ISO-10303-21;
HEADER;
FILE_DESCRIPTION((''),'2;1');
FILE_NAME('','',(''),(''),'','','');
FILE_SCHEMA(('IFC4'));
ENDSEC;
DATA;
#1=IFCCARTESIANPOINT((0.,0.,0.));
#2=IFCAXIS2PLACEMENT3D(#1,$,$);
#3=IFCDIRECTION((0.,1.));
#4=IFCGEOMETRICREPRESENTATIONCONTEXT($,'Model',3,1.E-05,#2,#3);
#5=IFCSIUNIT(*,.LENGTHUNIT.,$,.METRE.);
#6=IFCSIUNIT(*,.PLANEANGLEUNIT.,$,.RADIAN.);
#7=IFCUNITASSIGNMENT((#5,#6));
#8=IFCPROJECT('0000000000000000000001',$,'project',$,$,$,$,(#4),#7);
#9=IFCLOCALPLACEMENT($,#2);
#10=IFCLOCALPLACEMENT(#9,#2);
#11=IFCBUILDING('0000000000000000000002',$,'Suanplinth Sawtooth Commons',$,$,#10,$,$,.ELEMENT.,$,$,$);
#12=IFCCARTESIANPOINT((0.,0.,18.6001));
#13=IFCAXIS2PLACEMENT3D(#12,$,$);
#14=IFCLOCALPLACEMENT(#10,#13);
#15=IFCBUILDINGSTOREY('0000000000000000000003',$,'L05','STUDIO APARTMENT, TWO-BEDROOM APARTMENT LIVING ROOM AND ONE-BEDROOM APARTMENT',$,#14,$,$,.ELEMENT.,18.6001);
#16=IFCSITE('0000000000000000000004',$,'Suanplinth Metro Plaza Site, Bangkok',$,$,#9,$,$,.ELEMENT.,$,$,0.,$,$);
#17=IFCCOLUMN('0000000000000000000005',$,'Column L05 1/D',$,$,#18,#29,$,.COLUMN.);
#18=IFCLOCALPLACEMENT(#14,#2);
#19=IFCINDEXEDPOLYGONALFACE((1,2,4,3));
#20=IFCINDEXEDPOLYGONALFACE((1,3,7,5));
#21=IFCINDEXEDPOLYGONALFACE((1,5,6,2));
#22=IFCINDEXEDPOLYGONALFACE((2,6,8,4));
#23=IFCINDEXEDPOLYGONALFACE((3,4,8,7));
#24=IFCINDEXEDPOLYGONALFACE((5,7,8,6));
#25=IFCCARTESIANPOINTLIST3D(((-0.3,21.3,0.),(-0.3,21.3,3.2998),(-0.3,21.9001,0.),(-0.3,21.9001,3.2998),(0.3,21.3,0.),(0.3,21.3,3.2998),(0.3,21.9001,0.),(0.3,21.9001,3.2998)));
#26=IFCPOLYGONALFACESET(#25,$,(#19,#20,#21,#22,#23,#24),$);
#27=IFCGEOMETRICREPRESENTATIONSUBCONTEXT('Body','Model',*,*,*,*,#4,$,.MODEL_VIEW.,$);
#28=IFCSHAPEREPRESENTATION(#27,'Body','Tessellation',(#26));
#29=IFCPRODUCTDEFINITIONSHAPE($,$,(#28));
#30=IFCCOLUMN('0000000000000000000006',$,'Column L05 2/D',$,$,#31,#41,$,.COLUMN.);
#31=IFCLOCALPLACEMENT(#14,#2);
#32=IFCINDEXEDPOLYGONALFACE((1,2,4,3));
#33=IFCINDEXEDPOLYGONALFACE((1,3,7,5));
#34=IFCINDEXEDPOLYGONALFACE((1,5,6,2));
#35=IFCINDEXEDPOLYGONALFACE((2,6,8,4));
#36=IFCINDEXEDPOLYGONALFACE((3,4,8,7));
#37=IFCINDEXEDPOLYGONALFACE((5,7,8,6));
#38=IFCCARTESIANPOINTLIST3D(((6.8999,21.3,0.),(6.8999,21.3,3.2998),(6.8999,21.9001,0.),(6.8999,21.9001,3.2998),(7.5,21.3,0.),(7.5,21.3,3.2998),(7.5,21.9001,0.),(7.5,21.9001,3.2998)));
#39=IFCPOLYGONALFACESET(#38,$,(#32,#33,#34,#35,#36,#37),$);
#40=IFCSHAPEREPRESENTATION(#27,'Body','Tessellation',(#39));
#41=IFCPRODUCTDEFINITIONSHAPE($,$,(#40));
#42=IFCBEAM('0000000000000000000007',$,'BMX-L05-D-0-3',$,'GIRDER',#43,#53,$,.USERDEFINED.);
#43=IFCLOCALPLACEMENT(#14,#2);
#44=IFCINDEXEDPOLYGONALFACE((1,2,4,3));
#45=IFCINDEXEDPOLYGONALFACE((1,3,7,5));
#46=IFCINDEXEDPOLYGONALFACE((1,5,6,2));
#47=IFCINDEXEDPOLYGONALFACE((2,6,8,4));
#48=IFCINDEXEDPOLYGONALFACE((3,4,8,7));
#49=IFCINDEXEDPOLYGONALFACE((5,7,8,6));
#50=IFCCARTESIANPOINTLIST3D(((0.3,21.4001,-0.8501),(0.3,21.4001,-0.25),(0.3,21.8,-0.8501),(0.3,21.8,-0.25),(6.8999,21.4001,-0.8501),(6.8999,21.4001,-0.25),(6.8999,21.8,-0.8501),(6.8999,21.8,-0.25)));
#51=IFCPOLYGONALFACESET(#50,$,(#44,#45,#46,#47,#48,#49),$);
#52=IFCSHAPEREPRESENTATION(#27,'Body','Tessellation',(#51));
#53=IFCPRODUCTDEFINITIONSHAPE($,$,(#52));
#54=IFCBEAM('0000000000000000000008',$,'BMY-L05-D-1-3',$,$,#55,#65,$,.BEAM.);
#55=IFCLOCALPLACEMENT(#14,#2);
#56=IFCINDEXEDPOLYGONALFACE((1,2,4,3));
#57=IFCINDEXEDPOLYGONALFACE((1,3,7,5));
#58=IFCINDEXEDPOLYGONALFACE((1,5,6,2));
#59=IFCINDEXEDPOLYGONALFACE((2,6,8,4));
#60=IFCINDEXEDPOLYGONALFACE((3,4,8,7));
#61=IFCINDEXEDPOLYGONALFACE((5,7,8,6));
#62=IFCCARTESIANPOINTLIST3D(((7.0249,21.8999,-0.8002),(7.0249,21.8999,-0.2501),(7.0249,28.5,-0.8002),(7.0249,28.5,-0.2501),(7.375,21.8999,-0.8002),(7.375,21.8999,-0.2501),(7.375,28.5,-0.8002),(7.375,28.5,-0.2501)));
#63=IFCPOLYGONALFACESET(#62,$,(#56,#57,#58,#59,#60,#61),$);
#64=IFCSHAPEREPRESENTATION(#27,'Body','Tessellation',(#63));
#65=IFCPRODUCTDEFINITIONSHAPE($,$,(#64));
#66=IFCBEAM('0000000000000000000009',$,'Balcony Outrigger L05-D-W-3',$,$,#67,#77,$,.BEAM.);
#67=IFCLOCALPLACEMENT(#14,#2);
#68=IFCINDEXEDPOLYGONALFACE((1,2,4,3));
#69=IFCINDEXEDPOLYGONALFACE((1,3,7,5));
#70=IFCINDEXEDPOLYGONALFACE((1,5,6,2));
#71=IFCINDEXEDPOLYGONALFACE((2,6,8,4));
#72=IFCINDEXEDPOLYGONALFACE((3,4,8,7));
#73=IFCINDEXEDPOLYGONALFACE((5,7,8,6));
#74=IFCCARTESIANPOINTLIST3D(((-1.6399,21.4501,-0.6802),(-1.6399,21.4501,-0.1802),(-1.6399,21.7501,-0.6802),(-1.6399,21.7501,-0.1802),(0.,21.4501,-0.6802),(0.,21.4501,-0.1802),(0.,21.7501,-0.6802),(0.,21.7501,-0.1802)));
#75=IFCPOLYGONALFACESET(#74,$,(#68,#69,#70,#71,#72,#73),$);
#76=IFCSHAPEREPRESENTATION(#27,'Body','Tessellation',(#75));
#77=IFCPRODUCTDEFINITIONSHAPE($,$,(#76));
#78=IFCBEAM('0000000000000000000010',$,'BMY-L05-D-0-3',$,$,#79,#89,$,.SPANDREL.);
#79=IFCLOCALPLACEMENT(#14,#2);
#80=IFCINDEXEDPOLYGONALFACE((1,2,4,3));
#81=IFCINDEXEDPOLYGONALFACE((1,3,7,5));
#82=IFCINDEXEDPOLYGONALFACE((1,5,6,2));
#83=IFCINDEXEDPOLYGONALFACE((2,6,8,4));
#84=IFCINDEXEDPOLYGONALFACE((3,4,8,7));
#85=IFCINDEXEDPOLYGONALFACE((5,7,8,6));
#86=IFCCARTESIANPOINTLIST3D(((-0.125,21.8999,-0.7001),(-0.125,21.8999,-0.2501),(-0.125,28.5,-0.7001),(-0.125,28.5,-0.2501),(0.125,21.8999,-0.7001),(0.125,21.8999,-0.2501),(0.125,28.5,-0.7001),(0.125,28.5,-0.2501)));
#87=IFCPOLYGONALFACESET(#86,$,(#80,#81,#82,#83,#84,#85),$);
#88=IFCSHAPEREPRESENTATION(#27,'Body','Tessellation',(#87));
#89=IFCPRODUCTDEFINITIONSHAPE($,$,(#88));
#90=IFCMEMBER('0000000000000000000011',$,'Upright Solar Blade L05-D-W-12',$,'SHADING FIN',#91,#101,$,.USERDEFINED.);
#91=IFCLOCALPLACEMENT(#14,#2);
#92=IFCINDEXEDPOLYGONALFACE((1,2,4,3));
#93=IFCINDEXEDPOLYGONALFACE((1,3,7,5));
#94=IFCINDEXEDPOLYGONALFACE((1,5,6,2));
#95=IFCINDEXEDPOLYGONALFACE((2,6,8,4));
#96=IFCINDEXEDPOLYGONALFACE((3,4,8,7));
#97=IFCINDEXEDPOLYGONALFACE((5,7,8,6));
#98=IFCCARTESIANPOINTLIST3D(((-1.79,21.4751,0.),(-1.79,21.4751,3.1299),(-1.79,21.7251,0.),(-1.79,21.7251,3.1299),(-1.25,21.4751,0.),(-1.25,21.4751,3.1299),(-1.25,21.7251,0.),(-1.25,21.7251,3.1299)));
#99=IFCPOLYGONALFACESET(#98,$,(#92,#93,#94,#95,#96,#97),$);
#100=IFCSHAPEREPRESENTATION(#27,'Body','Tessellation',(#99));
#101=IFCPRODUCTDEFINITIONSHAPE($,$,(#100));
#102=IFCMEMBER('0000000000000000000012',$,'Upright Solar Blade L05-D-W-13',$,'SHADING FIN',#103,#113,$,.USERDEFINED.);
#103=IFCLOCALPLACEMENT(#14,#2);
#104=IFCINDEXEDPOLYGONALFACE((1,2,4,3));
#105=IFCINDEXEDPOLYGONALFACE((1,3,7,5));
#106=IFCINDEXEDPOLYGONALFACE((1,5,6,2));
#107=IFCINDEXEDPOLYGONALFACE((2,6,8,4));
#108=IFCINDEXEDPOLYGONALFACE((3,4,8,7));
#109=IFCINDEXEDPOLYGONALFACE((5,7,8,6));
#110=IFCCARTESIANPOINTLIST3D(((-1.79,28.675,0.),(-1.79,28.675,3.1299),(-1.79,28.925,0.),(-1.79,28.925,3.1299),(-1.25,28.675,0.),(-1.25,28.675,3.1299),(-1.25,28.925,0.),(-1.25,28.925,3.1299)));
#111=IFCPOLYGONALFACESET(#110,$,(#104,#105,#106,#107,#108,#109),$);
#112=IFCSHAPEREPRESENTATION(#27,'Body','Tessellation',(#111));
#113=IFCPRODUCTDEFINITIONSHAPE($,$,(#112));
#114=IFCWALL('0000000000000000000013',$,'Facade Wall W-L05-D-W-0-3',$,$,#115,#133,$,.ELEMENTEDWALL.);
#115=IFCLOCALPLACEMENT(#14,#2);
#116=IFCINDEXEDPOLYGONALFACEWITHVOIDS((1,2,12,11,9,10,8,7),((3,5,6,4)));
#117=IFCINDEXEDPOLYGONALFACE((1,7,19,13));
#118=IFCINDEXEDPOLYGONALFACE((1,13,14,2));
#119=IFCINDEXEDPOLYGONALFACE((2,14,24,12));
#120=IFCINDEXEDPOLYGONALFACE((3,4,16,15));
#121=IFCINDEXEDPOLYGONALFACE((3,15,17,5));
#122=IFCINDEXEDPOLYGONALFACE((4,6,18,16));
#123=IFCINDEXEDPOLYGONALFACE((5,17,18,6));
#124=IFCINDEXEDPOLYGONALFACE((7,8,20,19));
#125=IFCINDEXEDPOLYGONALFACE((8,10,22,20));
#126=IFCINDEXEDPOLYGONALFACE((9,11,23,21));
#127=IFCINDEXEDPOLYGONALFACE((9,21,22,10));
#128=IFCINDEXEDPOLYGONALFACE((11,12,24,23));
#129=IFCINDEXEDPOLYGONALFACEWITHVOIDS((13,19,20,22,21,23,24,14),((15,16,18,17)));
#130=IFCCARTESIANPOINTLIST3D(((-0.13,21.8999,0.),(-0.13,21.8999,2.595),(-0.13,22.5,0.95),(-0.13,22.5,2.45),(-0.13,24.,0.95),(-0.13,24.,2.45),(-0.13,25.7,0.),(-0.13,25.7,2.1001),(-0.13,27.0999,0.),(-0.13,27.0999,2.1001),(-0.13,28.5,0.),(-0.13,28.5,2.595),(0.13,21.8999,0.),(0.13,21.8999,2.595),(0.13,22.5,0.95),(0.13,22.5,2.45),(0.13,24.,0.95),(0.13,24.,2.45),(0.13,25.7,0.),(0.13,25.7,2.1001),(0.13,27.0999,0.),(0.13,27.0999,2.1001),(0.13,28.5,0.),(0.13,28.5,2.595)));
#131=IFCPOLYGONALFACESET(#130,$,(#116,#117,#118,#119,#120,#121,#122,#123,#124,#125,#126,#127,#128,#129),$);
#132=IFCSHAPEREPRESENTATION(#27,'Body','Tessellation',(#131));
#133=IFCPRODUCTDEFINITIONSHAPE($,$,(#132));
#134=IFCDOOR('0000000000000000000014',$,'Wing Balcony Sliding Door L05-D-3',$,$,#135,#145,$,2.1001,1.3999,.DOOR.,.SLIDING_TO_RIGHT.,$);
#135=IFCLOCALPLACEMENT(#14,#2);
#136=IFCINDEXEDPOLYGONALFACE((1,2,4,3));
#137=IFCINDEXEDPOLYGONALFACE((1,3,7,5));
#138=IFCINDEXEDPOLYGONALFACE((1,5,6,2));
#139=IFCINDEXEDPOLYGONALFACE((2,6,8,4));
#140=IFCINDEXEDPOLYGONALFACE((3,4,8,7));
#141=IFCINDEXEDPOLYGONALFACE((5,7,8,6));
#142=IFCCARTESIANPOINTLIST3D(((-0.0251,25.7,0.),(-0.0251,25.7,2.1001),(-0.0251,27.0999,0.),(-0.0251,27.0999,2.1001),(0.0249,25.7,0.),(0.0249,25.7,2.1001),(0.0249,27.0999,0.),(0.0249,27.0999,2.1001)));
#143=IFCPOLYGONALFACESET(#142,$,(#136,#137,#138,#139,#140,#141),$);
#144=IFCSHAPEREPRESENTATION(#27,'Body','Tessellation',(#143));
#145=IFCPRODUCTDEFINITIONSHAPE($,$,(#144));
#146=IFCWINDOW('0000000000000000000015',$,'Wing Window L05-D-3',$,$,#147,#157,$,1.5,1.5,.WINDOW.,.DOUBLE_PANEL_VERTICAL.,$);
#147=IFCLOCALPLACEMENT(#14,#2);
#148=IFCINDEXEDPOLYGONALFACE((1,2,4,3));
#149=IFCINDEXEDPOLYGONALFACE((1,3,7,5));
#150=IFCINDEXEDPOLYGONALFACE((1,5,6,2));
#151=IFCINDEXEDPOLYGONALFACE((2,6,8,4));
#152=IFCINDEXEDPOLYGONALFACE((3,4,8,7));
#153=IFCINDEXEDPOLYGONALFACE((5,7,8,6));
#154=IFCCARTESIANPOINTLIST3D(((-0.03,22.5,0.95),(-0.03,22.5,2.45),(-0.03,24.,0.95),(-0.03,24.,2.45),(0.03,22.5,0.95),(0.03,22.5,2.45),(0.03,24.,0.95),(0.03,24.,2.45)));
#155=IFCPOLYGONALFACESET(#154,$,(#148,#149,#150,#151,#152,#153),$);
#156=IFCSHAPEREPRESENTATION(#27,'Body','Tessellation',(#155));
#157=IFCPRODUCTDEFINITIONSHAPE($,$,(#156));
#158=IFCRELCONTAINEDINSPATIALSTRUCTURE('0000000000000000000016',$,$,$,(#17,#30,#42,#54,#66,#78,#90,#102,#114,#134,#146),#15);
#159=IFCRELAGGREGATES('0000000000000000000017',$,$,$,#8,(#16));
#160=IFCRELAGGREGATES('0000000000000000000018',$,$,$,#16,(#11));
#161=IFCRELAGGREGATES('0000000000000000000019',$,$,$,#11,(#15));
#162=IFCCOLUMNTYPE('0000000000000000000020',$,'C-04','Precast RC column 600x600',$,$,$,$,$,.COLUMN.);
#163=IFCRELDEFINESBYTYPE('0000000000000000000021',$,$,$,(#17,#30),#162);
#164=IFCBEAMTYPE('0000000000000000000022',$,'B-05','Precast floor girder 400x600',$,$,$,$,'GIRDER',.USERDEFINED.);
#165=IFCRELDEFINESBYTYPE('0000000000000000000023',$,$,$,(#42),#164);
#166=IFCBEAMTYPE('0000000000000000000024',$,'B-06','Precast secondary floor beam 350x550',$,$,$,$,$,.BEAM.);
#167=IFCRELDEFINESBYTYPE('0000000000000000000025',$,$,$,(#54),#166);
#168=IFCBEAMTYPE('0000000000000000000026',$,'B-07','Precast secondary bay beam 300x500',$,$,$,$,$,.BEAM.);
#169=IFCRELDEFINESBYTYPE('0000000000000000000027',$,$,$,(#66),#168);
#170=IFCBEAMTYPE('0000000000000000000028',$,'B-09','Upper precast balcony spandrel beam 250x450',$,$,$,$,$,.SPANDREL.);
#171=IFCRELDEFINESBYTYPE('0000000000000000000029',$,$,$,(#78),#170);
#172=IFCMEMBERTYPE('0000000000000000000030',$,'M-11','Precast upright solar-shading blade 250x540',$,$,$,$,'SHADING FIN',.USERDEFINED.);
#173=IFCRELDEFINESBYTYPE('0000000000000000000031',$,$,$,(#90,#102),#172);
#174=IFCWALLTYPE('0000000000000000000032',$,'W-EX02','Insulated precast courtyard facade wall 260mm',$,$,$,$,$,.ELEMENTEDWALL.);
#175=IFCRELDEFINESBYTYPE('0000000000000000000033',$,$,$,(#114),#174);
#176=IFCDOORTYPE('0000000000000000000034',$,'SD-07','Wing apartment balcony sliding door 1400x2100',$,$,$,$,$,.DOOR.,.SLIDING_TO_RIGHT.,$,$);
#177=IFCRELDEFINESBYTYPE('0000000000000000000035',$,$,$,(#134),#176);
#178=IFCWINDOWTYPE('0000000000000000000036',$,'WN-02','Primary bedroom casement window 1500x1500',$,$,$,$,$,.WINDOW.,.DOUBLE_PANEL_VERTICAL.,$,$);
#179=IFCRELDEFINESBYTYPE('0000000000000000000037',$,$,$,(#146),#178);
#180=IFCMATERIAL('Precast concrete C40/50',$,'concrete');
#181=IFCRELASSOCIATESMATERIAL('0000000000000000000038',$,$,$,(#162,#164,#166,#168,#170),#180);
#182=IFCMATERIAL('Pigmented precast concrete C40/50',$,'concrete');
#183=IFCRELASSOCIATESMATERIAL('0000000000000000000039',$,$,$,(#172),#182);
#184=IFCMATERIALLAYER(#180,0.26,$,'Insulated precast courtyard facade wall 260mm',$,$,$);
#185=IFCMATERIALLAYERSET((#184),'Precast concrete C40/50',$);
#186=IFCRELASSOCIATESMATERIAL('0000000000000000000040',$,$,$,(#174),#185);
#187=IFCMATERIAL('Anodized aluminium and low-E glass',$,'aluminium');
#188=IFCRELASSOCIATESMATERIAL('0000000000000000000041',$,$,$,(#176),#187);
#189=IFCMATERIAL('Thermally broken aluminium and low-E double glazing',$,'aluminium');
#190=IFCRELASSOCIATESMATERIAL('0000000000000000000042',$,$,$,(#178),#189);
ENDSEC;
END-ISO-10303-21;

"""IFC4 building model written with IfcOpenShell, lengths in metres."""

from ifc_helpers import new_model, si_unit, direction, frame, frame_2d, origin, origin_2d, place, context, subcontext, project, spatial, rectangle, extrude, material, layer, layer_set, material_profile, profile_set, type_object, element, fill, save


model = new_model("IFC4")

# Units and contexts
model_context = context("Model", 3, precision=1e-05, world=origin(), true_north=direction((0.0, 1.0)))
body_context = subcontext(model_context, "Body", "Model", "MODEL_VIEW")
ifc_project = project(units=[si_unit("LENGTHUNIT", "METRE"), si_unit("PLANEANGLEUNIT", "RADIAN")], contexts=[model_context])

# Site, building, storey
site_placement = place(None, origin())
site = spatial("IfcSite", under=ifc_project, at=site_placement, Name="Suanplinth Metro Plaza Site, Bangkok", CompositionType="ELEMENT", RefElevation=0.0)
building_placement = place(site_placement, origin())
building = spatial("IfcBuilding", under=site, at=building_placement, Name="Suanplinth Sawtooth Commons", CompositionType="ELEMENT")
storey_placement = place(building_placement, frame((0.0, 0.0, 18.6001)))
storey = spatial("IfcBuildingStorey", under=building, at=storey_placement, Name="L05", Description="STUDIO APARTMENT, TWO-BEDROOM APARTMENT LIVING ROOM AND ONE-BEDROOM APARTMENT", CompositionType="ELEMENT", Elevation=18.6001)

# Columns
ifc_material_1 = material(Name="Precast concrete C40/50", Category="concrete")
ifc_material_profile_1 = material_profile(ifc_material_1, rectangle(XDim=0.6001, YDim=0.6001, at=origin_2d()), Name="PC-COL 600x600")
ifc_profile_set_1 = profile_set([ifc_material_profile_1], Name="Precast concrete C40/50")
column_type = type_object("IfcColumnType", Name="C-04", Description="Precast RC column 600x600", PredefinedType="COLUMN", material=ifc_profile_set_1)
for number, where, z_axis, x_axis, name in (
    (1, (0.0, 21.6001, 0.0), (0.0, 0.0, 1.0), (1.0, 0.0, 0.0), "Column L05 1/D"),
    (2, (7.2, 21.6001, 0.0), (0.0, 0.0, 1.0), (1.0, 0.0, 0.0), "Column L05 2/D"),
):
    element("IfcColumn", number, at=place(storey_placement, frame(where, z_axis=z_axis, x_axis=x_axis)), inside=storey, type_object=column_type, Name=name, PredefinedType="COLUMN", context=body_context, shape_type="SweptSolid", body=[
        extrude(rectangle(XDim=0.6001, YDim=0.6001, at=origin_2d()), origin(), (0.0, 0.0, 1.0), 3.2998),
    ])

# Beams
ifc_material_profile_2 = material_profile(ifc_material_1, rectangle(XDim=0.3999, YDim=0.6001, at=origin_2d()), Name="PC-GDR 400x600")
ifc_profile_set_2 = profile_set([ifc_material_profile_2], Name="Precast concrete C40/50")
beam_type_1 = type_object("IfcBeamType", Name="B-05", Description="Precast floor girder 400x600", ElementType="GIRDER", PredefinedType="USERDEFINED", material=ifc_profile_set_2)
beam_1_placement = place(storey_placement, frame((0.3, 21.6001, -0.55), z_axis=(1.0, 0.0, 0.0), x_axis=(0.0, 1.0, 0.0)))
element("IfcBeam", 3, at=beam_1_placement, inside=storey, type_object=beam_type_1, Name="BMX-L05-D-0-3", ObjectType="GIRDER", PredefinedType="USERDEFINED", context=body_context, shape_type="SweptSolid", body=[
    extrude(rectangle(XDim=0.3999, YDim=0.6001, at=origin_2d()), origin(), (0.0, 0.0, 1.0), 6.5999),
])
ifc_material_profile_3 = material_profile(ifc_material_1, rectangle(XDim=0.3501, YDim=0.55, at=origin_2d()), Name="PC-BM 350x550")
ifc_profile_set_3 = profile_set([ifc_material_profile_3], Name="Precast concrete C40/50")
beam_type_2 = type_object("IfcBeamType", Name="B-06", Description="Precast secondary floor beam 350x550", PredefinedType="BEAM", material=ifc_profile_set_3)
beam_2_placement = place(storey_placement, frame((7.2, 21.8999, -0.5251), z_axis=(0.0, 1.0, 0.0), x_axis=(-1.0, 0.0, 0.0)))
element("IfcBeam", 4, at=beam_2_placement, inside=storey, type_object=beam_type_2, Name="BMY-L05-D-1-3", PredefinedType="BEAM", context=body_context, shape_type="SweptSolid", body=[
    extrude(rectangle(XDim=0.3501, YDim=0.55, at=origin_2d()), origin(), (0.0, 0.0, 1.0), 6.6001),
])
ifc_material_profile_4 = material_profile(ifc_material_1, rectangle(XDim=0.3, YDim=0.5, at=origin_2d()), Name="PC-BM 300x500")
ifc_profile_set_4 = profile_set([ifc_material_profile_4], Name="Precast concrete C40/50")
beam_type_3 = type_object("IfcBeamType", Name="B-07", Description="Precast secondary bay beam 300x500", PredefinedType="BEAM", material=ifc_profile_set_4)
beam_3_placement = place(storey_placement, frame((0.0, 21.6001, -0.4302), z_axis=(-1.0, 0.0, 0.0), x_axis=(0.0, -1.0, 0.0)))
element("IfcBeam", 5, at=beam_3_placement, inside=storey, type_object=beam_type_3, Name="Balcony Outrigger L05-D-W-3", PredefinedType="BEAM", context=body_context, shape_type="SweptSolid", body=[
    extrude(rectangle(XDim=0.3, YDim=0.5, at=origin_2d()), origin(), (0.0, 0.0, 1.0), 1.6399),
])
ifc_material_profile_5 = material_profile(ifc_material_1, rectangle(XDim=0.25, YDim=0.45, at=origin_2d()), Name="PC-SP 250x450")
ifc_profile_set_5 = profile_set([ifc_material_profile_5], Name="Precast concrete C40/50")
beam_type_4 = type_object("IfcBeamType", Name="B-09", Description="Upper precast balcony spandrel beam 250x450", PredefinedType="SPANDREL", material=ifc_profile_set_5)
beam_4_placement = place(storey_placement, frame((0.0, 21.8999, -0.4751), z_axis=(0.0, 1.0, 0.0), x_axis=(-1.0, 0.0, 0.0)))
element("IfcBeam", 6, at=beam_4_placement, inside=storey, type_object=beam_type_4, Name="BMY-L05-D-0-3", PredefinedType="SPANDREL", context=body_context, shape_type="SweptSolid", body=[
    extrude(rectangle(XDim=0.25, YDim=0.45, at=origin_2d()), origin(), (0.0, 0.0, 1.0), 6.6001),
])

# Members
ifc_material_2 = material(Name="Pigmented precast concrete C40/50", Category="concrete")
ifc_material_profile_6 = material_profile(ifc_material_2, rectangle(XDim=0.25, YDim=0.54, at=origin_2d()), Name="PC-FIN 250x540")
ifc_profile_set_6 = profile_set([ifc_material_profile_6], Name="Pigmented precast concrete C40/50")
member_type = type_object("IfcMemberType", Name="M-11", Description="Precast upright solar-shading blade 250x540", ElementType="SHADING FIN", PredefinedType="USERDEFINED", material=ifc_profile_set_6)
for number, where, z_axis, x_axis, name in (
    (7, (-1.52, 21.6001, 0.0), (0.0, 0.0, 1.0), (0.0, 1.0, 0.0), "Upright Solar Blade L05-D-W-12"),
    (8, (-1.52, 28.8, 0.0), (0.0, 0.0, 1.0), (0.0, 1.0, 0.0), "Upright Solar Blade L05-D-W-13"),
):
    element("IfcMember", number, at=place(storey_placement, frame(where, z_axis=z_axis, x_axis=x_axis)), inside=storey, type_object=member_type, Name=name, ObjectType="SHADING FIN", PredefinedType="USERDEFINED", context=body_context, shape_type="SweptSolid", body=[
        extrude(rectangle(XDim=0.25, YDim=0.54, at=origin_2d()), origin(), (0.0, 0.0, 1.0), 3.1299),
    ])

# Wall, openings, door, window
ifc_layer_1 = layer(ifc_material_1, 0.26, Name="Insulated precast courtyard facade wall 260mm")
ifc_layer_set_1 = layer_set([ifc_layer_1], Name="Precast concrete C40/50")
wall_type_1 = type_object("IfcWallType", Name="W-EX02", Description="Insulated precast courtyard facade wall 260mm", PredefinedType="ELEMENTEDWALL", material=ifc_layer_set_1)
wall_1_placement = place(storey_placement, frame((0.0, 21.8999, 0.0), z_axis=(0.0, 0.0, 1.0), x_axis=(0.0, 1.0, 0.0)))
wall_1 = element("IfcWall", 9, at=wall_1_placement, inside=storey, type_object=wall_type_1, Name="Facade Wall W-L05-D-W-0-3", PredefinedType="ELEMENTEDWALL", context=body_context, shape_type="SweptSolid", body=[
    extrude(rectangle(XDim=6.6001, YDim=0.26, at=frame_2d((3.3, 0.0))), origin(), (0.0, 0.0, 1.0), 2.595),
])
opening_1_placement = place(wall_1_placement, frame((3.8, 0.0, 0.0)))
opening_1 = element("IfcOpeningElement", 10, at=opening_1_placement, cuts=wall_1, PredefinedType="OPENING", context=body_context, shape_type="SweptSolid", body=[
    extrude(rectangle(XDim=1.3999, YDim=2.1001, at=frame_2d((0.7, 1.05))), frame((0.0, 0.145, 0.0), z_axis=(0.0, -1.0, 0.0), x_axis=(1.0, 0.0, 0.0)), (0.0, 0.0, 1.0), 0.2898),
])
opening_2_placement = place(wall_1_placement, frame((0.6001, 0.0, 0.95)))
opening_2 = element("IfcOpeningElement", 11, at=opening_2_placement, cuts=wall_1, PredefinedType="OPENING", context=body_context, shape_type="SweptSolid", body=[
    extrude(rectangle(XDim=1.5, YDim=1.5, at=frame_2d((0.75, 0.75))), frame((0.0, 0.145, 0.0), z_axis=(0.0, -1.0, 0.0), x_axis=(1.0, 0.0, 0.0)), (0.0, 0.0, 1.0), 0.2898),
])
ifc_material_3 = material(Name="Anodized aluminium and low-E glass", Category="aluminium")
door_type_1 = type_object("IfcDoorType", Name="SD-07", Description="Wing apartment balcony sliding door 1400x2100", OperationType="SLIDING_TO_RIGHT", PredefinedType="DOOR", material=ifc_material_3)
door_1_placement = place(opening_1_placement, frame((1.3999, 0.0, 0.0), z_axis=(0.0, 0.0, 1.0), x_axis=(-1.0, 0.0, 0.0)))
door_1 = element("IfcDoor", 12, at=door_1_placement, inside=storey, type_object=door_type_1, Name="Wing Balcony Sliding Door L05-D-3", OperationType="SLIDING_TO_RIGHT", OverallHeight=2.1001, OverallWidth=1.3999, PredefinedType="DOOR", context=body_context, shape_type="SweptSolid", body=[
    extrude(rectangle(XDim=1.3999, YDim=2.1001, at=frame_2d((0.7, 1.05))), frame((0.0, 0.0249, 0.0), z_axis=(0.0, -1.0, 0.0), x_axis=(1.0, 0.0, 0.0)), (0.0, 0.0, 1.0), 0.05),
])
fill(opening_1, door_1)
ifc_material_4 = material(Name="Thermally broken aluminium and low-E double glazing", Category="aluminium")
window_type = type_object("IfcWindowType", Name="WN-02", Description="Primary bedroom casement window 1500x1500", PartitioningType="DOUBLE_PANEL_VERTICAL", PredefinedType="WINDOW", material=ifc_material_4)
window_placement = place(opening_2_placement, origin())
window = element("IfcWindow", 13, at=window_placement, inside=storey, type_object=window_type, Name="Wing Window L05-D-3", OverallHeight=1.5, OverallWidth=1.5, PartitioningType="DOUBLE_PANEL_VERTICAL", PredefinedType="WINDOW", context=body_context, shape_type="SweptSolid", body=[
    extrude(rectangle(XDim=1.5, YDim=1.5, at=frame_2d((0.75, 0.75))), frame((0.0, 0.03, 0.0), z_axis=(0.0, -1.0, 0.0), x_axis=(1.0, 0.0, 0.0)), (0.0, 0.0, 1.0), 0.0601),
])
fill(opening_2, window)

save(model, "model.ifc")
